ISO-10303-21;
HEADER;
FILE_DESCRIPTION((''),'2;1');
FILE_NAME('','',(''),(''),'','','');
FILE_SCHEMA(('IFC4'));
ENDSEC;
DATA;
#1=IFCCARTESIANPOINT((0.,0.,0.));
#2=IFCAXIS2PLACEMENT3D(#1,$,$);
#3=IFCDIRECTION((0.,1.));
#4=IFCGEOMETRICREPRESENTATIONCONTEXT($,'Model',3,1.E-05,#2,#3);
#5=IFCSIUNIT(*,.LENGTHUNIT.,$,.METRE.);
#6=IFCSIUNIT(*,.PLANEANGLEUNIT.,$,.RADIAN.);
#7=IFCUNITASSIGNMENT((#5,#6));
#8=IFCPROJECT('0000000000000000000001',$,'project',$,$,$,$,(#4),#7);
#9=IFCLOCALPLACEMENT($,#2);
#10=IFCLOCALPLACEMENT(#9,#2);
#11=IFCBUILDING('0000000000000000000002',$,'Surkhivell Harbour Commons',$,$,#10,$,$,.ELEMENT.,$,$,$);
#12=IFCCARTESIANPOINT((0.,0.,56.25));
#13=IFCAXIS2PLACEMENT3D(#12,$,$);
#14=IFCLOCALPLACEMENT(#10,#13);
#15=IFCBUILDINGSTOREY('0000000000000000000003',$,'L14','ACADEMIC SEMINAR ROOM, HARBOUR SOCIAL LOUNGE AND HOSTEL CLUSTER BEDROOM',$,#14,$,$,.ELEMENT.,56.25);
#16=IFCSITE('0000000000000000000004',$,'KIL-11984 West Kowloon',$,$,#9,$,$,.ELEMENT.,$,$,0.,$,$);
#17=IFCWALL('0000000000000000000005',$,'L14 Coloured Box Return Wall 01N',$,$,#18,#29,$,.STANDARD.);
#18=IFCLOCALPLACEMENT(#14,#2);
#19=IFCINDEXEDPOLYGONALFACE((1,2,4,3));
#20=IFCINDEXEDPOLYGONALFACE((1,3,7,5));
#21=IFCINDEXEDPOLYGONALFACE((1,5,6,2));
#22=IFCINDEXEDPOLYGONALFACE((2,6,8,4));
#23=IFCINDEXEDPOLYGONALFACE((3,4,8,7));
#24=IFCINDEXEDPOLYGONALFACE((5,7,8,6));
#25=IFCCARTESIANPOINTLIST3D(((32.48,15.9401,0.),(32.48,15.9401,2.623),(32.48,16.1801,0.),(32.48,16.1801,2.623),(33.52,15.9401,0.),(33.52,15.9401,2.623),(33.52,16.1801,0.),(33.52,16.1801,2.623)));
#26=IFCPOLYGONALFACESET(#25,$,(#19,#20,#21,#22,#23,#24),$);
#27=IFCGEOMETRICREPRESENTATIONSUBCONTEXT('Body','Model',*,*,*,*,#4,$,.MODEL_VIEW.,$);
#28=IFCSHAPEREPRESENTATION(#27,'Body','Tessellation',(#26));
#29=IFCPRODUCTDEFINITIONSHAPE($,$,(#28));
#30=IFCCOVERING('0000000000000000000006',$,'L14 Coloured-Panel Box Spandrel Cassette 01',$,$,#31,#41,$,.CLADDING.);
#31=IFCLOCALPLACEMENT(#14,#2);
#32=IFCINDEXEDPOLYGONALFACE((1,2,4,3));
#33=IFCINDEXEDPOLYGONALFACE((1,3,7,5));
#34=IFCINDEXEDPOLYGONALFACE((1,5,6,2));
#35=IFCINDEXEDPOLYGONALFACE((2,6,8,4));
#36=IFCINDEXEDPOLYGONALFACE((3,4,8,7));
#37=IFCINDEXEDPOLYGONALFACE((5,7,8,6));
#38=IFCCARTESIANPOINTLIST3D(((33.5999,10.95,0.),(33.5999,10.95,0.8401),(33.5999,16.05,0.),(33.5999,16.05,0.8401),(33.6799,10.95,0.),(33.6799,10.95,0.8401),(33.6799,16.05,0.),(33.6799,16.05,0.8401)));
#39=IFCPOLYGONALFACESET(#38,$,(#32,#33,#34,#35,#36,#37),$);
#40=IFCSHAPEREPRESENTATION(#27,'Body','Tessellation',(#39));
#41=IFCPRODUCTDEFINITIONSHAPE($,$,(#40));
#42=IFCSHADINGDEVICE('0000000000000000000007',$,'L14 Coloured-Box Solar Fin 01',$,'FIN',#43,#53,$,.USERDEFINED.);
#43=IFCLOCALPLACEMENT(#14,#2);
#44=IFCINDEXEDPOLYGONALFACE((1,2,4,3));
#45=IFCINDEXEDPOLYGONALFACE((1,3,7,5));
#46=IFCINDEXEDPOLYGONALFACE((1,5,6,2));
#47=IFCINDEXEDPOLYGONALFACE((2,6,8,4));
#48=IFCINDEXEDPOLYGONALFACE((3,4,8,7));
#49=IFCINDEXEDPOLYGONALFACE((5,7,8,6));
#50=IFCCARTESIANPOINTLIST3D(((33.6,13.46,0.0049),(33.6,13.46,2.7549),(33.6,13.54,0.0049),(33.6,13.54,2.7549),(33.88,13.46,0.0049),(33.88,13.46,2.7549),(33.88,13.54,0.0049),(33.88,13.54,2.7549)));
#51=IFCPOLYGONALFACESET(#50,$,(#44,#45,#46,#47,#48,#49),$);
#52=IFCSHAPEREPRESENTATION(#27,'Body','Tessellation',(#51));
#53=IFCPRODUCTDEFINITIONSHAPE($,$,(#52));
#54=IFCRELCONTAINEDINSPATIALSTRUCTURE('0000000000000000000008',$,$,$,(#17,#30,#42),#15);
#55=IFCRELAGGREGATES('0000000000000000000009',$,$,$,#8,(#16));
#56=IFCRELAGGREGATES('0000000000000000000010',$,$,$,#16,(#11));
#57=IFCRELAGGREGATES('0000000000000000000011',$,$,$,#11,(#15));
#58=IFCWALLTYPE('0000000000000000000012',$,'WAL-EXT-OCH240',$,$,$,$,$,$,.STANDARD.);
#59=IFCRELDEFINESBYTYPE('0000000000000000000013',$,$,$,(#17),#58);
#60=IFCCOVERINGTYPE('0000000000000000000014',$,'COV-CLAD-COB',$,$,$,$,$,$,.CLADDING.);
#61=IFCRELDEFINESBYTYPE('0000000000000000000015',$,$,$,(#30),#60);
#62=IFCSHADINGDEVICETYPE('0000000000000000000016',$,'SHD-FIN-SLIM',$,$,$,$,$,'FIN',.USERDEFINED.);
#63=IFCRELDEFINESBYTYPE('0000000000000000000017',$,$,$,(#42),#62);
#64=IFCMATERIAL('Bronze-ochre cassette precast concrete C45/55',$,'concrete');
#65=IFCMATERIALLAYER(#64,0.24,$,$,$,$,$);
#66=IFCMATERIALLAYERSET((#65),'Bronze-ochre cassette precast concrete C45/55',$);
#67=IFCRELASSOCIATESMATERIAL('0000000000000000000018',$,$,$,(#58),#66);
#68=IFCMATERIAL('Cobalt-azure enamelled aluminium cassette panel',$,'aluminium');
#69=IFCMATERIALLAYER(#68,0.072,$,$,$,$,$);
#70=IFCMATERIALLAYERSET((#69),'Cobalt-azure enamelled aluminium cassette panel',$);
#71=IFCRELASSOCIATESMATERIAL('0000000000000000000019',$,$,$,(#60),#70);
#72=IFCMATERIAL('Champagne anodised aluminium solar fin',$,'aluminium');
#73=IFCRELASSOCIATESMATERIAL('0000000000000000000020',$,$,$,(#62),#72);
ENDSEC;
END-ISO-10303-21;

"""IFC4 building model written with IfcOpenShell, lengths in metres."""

from ifc_helpers import new_model, si_unit, direction, frame, frame_2d, origin, origin_2d, place, context, subcontext, project, spatial, rectangle, extrude, material, layer, layer_set, type_object, element, save


model = new_model("IFC4")

# Units and contexts
model_context = context("Model", 3, precision=1e-05, world=origin(), true_north=direction((0.0, 1.0)))
body_context = subcontext(model_context, "Body", "Model", "MODEL_VIEW")
ifc_project = project(units=[si_unit("LENGTHUNIT", "METRE"), si_unit("PLANEANGLEUNIT", "RADIAN")], contexts=[model_context])

# Site, building, storey
site_placement = place(None, origin())
site = spatial("IfcSite", under=ifc_project, at=site_placement, Name="KIL-11984 West Kowloon", CompositionType="ELEMENT", RefElevation=0.0)
building_placement = place(site_placement, origin())
building = spatial("IfcBuilding", under=site, at=building_placement, Name="Surkhivell Harbour Commons", CompositionType="ELEMENT")
storey_placement = place(building_placement, frame((0.0, 0.0, 56.25)))
storey = spatial("IfcBuildingStorey", under=building, at=storey_placement, Name="L14", Description="ACADEMIC SEMINAR ROOM, HARBOUR SOCIAL LOUNGE AND HOSTEL CLUSTER BEDROOM", CompositionType="ELEMENT", Elevation=56.25)

# Wall
ifc_material_1 = material(Name="Bronze-ochre cassette precast concrete C45/55", Category="concrete")
ifc_layer_1 = layer(ifc_material_1, 0.24)
ifc_layer_set_1 = layer_set([ifc_layer_1], Name="Bronze-ochre cassette precast concrete C45/55")
wall_type = type_object("IfcWallType", Name="WAL-EXT-OCH240", PredefinedType="STANDARD", material=ifc_layer_set_1)
for number, where, z_axis, x_axis, name in (
    (1, (32.48, 16.0601, 0.0), (0.0, 0.0, 1.0), (1.0, 0.0, 0.0), "L14 Coloured Box Return Wall 01N"),
):
    element("IfcWall", number, at=place(storey_placement, frame(where, z_axis=z_axis, x_axis=x_axis)), inside=storey, type_object=wall_type, Name=name, PredefinedType="STANDARD", context=body_context, shape_type="SweptSolid", body=[
        extrude(rectangle(XDim=1.04, YDim=0.24, at=frame_2d((0.52, 0.0))), origin(), (0.0, 0.0, 1.0), 2.623),
    ])

# Covering
ifc_material_2 = material(Name="Cobalt-azure enamelled aluminium cassette panel", Category="aluminium")
ifc_layer_2 = layer(ifc_material_2, 0.072)
ifc_layer_set_2 = layer_set([ifc_layer_2], Name="Cobalt-azure enamelled aluminium cassette panel")
covering_type = type_object("IfcCoveringType", Name="COV-CLAD-COB", PredefinedType="CLADDING", material=ifc_layer_set_2)
covering_placement = place(storey_placement, frame((33.6399, 13.5, 0.0), z_axis=(0.0, 0.0, 1.0), x_axis=(1.0, 0.0, 0.0)))
element("IfcCovering", 2, at=covering_placement, inside=storey, type_object=covering_type, Name="L14 Coloured-Panel Box Spandrel Cassette 01", PredefinedType="CLADDING", context=body_context, shape_type="SweptSolid", body=[
    extrude(rectangle(XDim=0.0801, YDim=5.1001, at=origin_2d()), origin(), (0.0, 0.0, 1.0), 0.8401),
])

# Shading device
ifc_material_3 = material(Name="Champagne anodised aluminium solar fin", Category="aluminium")
shading_device_type = type_object("IfcShadingDeviceType", Name="SHD-FIN-SLIM", ElementType="FIN", PredefinedType="USERDEFINED", material=ifc_material_3)
shading_device_placement = place(storey_placement, frame((33.74, 13.5, 0.0049), z_axis=(0.0, 0.0, 1.0), x_axis=(1.0, 0.0, 0.0)))
element("IfcShadingDevice", 3, at=shading_device_placement, inside=storey, type_object=shading_device_type, Name="L14 Coloured-Box Solar Fin 01", ObjectType="FIN", PredefinedType="USERDEFINED", context=body_context, shape_type="SweptSolid", body=[
    extrude(rectangle(XDim=0.28, YDim=0.0801, at=origin_2d()), origin(), (0.0, 0.0, 1.0), 2.75),
])

save(model, "model.ifc")
